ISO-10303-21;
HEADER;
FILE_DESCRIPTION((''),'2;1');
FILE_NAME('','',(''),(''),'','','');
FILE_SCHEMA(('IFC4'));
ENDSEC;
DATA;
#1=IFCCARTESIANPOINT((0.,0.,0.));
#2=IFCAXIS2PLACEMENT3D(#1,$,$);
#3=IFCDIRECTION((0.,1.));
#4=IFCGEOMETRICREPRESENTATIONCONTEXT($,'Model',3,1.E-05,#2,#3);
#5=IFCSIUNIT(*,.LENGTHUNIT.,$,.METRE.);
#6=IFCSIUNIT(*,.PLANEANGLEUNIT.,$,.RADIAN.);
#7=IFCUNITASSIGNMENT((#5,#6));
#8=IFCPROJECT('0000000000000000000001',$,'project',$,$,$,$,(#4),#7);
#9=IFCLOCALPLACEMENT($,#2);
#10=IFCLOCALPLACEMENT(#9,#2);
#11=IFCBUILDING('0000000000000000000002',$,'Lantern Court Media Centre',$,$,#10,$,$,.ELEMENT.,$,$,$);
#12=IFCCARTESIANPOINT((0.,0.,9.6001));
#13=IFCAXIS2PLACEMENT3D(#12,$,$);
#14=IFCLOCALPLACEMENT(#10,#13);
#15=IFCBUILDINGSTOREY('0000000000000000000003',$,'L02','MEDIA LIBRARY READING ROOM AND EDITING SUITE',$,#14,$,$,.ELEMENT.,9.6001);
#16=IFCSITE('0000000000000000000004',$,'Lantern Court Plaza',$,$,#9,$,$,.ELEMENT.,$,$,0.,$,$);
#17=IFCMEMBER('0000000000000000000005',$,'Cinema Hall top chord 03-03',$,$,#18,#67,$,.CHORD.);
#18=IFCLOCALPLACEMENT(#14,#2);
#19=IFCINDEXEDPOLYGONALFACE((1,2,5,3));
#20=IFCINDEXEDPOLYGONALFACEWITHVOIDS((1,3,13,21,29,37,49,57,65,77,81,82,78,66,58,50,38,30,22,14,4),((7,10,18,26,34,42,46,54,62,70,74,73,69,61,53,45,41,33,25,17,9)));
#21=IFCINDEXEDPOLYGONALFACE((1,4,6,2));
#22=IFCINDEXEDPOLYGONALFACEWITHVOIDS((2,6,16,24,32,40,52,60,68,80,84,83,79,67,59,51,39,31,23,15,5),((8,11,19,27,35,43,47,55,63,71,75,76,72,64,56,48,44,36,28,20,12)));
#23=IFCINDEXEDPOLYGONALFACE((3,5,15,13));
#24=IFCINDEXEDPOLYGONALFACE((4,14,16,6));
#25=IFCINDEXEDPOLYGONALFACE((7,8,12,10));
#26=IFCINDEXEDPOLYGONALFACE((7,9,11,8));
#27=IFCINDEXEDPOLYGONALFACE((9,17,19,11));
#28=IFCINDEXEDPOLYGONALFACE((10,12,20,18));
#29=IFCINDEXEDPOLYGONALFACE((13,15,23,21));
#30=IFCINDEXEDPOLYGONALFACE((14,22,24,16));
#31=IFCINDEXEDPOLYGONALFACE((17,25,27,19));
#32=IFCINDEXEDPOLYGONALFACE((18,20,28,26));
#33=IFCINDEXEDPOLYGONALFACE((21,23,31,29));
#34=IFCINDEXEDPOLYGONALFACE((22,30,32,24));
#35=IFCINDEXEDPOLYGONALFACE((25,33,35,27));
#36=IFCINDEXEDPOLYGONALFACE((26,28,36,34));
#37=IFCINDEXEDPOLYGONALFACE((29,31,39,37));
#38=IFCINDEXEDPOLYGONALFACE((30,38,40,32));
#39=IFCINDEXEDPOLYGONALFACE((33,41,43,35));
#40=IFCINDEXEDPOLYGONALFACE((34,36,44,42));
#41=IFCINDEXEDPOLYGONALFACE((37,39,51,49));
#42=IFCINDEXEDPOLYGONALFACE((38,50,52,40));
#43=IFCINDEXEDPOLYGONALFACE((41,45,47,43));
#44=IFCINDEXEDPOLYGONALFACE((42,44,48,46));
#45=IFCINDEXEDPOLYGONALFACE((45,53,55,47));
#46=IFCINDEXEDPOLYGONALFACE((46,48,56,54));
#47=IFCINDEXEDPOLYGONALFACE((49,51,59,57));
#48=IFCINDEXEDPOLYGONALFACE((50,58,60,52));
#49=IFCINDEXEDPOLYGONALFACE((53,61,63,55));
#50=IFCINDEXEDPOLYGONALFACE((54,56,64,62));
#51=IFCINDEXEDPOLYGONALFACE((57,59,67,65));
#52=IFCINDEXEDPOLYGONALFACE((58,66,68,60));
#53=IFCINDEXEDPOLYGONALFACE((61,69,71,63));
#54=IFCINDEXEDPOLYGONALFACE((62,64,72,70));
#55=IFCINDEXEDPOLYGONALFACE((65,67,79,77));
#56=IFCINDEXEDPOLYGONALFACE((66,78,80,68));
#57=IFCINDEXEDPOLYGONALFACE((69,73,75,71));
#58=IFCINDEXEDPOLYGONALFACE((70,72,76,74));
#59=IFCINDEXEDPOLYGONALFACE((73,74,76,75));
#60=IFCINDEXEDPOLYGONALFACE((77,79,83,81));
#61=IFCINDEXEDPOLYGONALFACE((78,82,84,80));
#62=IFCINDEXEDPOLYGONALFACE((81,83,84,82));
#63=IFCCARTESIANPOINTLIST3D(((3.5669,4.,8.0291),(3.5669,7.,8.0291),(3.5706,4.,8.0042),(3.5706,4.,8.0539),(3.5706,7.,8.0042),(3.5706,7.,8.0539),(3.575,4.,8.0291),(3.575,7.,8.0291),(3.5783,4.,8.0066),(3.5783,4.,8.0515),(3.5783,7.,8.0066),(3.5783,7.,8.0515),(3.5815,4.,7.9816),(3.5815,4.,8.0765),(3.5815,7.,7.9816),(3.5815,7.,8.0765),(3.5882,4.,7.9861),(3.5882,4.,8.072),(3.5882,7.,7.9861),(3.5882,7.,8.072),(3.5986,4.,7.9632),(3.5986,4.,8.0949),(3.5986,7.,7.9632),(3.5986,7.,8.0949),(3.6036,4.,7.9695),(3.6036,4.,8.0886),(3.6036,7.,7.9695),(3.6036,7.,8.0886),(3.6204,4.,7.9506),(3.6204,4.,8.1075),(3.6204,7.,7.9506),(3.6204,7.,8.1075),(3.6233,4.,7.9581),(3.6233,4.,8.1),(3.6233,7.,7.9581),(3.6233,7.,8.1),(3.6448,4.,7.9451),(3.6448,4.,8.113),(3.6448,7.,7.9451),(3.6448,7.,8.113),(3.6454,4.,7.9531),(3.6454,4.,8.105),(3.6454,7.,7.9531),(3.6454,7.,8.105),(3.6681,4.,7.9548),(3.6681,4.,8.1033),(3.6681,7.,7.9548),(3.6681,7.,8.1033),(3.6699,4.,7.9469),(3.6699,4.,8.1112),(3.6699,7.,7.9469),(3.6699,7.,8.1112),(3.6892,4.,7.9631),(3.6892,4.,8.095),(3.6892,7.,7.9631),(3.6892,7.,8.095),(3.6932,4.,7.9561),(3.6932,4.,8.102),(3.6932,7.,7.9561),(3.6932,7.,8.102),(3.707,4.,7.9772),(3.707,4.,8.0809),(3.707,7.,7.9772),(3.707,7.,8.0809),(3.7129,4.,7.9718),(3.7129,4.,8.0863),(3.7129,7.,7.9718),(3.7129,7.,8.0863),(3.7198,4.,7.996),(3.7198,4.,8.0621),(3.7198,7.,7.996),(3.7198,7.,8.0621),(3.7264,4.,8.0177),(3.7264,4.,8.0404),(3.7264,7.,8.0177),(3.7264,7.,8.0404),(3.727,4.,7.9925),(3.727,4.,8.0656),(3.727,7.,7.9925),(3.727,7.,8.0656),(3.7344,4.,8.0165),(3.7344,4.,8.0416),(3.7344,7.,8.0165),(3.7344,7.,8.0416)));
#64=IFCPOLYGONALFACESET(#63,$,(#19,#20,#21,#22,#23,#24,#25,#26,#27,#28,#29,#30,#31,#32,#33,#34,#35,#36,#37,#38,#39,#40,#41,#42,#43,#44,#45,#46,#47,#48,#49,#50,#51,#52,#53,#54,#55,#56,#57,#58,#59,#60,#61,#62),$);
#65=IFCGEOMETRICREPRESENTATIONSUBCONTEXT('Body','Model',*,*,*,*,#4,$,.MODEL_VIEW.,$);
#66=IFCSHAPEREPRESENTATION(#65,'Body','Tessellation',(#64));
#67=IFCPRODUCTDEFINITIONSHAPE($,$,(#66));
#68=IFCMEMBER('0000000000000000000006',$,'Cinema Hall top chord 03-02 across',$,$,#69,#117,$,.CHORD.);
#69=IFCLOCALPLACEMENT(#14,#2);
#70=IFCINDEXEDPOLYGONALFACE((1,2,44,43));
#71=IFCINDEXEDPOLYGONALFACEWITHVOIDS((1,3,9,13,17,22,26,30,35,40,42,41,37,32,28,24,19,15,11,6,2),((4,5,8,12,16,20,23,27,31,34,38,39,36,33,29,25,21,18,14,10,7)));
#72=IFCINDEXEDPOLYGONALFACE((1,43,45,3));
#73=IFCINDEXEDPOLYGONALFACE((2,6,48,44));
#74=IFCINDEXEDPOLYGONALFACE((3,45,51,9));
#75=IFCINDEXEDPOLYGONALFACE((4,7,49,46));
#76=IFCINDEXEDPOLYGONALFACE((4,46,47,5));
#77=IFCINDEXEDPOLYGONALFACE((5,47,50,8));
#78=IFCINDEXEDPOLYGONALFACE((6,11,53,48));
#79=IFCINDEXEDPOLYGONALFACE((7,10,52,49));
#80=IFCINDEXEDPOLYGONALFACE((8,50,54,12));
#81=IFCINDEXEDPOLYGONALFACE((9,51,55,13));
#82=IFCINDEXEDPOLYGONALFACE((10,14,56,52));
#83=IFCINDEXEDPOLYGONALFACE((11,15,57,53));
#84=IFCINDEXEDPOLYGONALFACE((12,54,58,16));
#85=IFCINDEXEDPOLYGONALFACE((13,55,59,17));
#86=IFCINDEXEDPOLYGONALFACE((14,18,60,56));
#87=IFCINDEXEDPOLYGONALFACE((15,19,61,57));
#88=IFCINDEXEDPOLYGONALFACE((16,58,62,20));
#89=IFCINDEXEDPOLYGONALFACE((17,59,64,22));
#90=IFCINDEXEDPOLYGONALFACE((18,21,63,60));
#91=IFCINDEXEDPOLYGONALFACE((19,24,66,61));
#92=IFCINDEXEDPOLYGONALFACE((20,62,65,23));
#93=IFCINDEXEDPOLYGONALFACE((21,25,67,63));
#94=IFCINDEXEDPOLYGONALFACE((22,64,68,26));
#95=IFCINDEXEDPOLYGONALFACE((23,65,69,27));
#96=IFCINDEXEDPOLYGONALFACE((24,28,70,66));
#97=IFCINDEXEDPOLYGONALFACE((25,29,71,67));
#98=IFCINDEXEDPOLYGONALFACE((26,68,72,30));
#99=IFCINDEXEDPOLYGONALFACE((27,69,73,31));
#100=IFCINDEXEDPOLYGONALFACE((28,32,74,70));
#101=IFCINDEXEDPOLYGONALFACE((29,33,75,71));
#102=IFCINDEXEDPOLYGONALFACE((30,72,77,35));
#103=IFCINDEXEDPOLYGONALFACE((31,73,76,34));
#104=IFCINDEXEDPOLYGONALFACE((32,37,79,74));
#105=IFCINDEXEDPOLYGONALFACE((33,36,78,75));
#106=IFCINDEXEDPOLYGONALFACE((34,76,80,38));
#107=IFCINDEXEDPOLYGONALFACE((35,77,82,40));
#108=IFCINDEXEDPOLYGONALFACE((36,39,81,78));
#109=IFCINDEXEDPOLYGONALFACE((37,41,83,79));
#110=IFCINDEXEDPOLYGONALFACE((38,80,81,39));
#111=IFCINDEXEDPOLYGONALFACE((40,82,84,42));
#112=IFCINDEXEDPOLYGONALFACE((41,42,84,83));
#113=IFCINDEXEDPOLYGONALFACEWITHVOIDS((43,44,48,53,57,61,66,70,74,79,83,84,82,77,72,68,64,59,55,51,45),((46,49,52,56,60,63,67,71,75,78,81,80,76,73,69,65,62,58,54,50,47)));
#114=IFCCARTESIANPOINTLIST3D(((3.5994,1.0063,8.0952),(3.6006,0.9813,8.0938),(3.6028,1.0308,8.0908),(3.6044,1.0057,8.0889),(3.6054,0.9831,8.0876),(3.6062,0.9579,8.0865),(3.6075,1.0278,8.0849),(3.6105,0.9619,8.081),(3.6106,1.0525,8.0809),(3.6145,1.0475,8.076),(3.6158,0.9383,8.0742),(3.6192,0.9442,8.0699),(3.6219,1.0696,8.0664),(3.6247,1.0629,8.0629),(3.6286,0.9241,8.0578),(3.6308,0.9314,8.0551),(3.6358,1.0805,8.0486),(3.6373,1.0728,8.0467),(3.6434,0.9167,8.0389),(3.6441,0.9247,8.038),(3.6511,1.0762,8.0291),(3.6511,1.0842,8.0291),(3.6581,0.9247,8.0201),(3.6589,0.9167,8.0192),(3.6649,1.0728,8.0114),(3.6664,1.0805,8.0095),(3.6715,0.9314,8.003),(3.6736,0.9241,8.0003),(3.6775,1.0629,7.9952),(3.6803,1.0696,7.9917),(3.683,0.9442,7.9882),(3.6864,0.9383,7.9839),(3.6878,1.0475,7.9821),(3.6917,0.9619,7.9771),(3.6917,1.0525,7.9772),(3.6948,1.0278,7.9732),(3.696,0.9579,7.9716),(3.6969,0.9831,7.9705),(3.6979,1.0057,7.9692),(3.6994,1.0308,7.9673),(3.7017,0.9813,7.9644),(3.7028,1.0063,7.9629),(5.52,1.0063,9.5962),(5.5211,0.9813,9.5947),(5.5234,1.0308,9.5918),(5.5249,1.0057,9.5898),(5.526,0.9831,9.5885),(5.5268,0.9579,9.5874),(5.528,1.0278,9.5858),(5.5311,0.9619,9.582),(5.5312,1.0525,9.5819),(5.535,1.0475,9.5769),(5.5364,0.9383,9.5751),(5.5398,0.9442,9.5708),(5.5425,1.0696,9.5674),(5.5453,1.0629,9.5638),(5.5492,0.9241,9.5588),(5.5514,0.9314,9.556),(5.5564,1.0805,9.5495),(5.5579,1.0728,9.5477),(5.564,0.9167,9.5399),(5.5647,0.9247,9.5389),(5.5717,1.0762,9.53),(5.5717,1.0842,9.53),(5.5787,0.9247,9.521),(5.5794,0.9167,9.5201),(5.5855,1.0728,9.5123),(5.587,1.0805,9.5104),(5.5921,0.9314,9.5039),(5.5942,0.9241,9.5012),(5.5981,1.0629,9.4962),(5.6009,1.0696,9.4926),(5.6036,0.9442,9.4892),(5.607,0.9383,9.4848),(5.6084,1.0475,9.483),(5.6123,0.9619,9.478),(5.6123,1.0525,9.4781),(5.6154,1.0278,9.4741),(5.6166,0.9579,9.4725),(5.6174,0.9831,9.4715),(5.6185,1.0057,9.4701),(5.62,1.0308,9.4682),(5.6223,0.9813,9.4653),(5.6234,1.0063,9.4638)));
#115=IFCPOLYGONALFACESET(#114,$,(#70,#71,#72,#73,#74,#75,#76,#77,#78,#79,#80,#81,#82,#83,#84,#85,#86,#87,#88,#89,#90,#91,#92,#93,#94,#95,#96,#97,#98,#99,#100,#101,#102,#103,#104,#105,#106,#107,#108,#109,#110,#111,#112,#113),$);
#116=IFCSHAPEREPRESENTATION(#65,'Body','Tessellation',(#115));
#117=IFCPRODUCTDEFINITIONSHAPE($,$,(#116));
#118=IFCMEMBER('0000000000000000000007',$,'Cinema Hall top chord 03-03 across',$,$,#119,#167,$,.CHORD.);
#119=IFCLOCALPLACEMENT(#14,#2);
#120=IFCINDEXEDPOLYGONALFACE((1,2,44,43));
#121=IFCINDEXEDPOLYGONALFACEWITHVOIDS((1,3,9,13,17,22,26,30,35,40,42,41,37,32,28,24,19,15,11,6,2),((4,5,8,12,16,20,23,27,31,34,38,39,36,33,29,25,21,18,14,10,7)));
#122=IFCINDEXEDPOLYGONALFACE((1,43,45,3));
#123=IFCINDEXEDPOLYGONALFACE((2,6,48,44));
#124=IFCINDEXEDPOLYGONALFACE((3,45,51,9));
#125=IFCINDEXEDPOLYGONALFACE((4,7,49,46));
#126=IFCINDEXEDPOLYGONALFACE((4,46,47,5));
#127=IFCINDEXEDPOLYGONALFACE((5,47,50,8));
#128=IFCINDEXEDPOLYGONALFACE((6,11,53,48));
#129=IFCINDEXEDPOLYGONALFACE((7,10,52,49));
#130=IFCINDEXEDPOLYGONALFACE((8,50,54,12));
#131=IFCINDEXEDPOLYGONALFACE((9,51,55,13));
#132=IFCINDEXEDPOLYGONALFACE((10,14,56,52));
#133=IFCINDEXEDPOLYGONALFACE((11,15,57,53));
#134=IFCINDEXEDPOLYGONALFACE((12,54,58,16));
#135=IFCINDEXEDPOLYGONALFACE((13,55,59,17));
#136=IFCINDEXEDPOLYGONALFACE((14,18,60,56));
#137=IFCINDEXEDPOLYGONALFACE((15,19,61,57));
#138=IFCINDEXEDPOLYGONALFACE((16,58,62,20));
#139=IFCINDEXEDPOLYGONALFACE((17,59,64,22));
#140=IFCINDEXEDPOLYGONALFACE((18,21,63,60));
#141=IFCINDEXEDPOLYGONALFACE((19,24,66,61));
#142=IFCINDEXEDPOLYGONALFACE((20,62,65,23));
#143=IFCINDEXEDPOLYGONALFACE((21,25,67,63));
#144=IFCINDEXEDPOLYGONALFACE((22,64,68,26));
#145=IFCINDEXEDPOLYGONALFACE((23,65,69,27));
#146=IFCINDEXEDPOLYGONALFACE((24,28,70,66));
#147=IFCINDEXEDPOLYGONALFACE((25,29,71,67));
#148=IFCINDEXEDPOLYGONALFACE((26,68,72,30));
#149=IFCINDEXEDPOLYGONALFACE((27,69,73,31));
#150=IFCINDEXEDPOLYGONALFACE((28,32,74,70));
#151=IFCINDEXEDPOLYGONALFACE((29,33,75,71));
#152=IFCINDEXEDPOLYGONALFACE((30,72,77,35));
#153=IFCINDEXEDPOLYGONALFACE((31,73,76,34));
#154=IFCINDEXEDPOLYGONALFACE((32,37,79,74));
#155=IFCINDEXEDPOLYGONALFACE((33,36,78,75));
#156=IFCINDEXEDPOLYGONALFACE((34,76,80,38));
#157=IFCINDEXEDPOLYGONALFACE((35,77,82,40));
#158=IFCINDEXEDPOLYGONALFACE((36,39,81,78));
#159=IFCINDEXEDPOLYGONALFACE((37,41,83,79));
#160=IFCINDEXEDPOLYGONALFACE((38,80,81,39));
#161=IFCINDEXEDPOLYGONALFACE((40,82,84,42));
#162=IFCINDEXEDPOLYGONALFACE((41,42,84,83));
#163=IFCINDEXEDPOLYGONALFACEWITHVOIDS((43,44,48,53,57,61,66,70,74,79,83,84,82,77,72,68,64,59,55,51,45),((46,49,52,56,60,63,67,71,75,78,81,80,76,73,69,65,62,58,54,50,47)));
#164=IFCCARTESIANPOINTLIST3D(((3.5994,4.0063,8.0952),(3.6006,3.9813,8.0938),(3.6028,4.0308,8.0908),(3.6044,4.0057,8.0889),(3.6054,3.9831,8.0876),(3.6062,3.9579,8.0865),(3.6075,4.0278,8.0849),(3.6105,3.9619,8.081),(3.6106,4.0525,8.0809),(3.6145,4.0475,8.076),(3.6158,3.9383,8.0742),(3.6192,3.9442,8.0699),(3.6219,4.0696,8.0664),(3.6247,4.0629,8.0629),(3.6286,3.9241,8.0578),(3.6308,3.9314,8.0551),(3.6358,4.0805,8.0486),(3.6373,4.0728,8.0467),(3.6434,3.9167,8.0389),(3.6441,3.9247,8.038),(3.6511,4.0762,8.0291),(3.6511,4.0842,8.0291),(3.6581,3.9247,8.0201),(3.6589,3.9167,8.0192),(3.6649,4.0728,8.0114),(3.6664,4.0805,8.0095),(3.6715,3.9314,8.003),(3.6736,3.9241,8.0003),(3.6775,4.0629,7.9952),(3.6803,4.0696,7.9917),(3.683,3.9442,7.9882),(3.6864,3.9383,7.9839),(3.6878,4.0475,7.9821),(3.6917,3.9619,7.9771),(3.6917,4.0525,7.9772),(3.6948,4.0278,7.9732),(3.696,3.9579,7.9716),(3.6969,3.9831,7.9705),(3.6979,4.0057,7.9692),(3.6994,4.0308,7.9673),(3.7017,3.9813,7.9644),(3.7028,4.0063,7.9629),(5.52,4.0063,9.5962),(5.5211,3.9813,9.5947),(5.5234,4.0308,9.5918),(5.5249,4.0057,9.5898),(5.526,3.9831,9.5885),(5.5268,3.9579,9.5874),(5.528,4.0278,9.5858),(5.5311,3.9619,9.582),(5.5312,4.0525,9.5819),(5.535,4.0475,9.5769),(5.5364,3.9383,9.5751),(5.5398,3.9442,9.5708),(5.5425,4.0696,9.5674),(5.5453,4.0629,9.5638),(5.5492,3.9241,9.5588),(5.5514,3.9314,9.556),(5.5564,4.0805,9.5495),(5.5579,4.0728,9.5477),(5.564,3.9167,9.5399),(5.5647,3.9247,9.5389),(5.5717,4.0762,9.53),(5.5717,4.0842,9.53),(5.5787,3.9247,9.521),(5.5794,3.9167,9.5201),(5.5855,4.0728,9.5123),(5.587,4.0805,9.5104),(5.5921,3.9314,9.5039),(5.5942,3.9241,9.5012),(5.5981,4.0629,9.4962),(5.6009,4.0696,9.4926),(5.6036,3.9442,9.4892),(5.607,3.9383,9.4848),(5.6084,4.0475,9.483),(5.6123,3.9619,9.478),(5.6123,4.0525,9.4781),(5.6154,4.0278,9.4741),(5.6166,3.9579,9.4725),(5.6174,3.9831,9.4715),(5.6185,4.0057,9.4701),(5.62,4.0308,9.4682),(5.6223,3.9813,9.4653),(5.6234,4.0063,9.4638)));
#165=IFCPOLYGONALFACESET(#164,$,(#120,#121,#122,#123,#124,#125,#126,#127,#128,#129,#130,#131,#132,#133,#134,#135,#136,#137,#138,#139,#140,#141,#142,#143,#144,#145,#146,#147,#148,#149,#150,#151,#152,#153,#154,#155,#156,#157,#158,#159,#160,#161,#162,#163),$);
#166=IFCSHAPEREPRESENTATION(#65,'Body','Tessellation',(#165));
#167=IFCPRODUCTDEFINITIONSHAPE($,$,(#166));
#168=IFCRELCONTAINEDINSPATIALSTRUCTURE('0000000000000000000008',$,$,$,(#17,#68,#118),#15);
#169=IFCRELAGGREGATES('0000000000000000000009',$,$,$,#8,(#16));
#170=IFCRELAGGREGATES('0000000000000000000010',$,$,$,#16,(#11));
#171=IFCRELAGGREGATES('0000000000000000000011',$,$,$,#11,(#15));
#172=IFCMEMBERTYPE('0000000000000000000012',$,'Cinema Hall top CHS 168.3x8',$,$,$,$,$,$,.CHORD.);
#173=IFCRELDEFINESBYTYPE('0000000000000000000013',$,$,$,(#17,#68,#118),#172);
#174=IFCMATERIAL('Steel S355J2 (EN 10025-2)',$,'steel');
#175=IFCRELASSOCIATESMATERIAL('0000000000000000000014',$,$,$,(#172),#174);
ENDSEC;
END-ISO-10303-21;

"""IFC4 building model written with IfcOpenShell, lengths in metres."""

from ifc_helpers import new_model, si_unit, direction, frame, origin, origin_2d, place, context, subcontext, project, spatial, hollow_circle, extrude, material, material_profile, profile_set, type_object, element, save


model = new_model("IFC4")

# Units and contexts
model_context = context("Model", 3, precision=1e-05, world=origin(), true_north=direction((0.0, 1.0)))
body_context = subcontext(model_context, "Body", "Model", "MODEL_VIEW")
ifc_project = project(units=[si_unit("LENGTHUNIT", "METRE"), si_unit("PLANEANGLEUNIT", "RADIAN")], contexts=[model_context])

# Site, building, storey
site_placement = place(None, origin())
site = spatial("IfcSite", under=ifc_project, at=site_placement, Name="Lantern Court Plaza", CompositionType="ELEMENT", RefElevation=0.0)
building_placement = place(site_placement, origin())
building = spatial("IfcBuilding", under=site, at=building_placement, Name="Lantern Court Media Centre", CompositionType="ELEMENT")
storey_placement = place(building_placement, frame((0.0, 0.0, 9.6001)))
storey = spatial("IfcBuildingStorey", under=building, at=storey_placement, Name="L02", Description="MEDIA LIBRARY READING ROOM AND EDITING SUITE", CompositionType="ELEMENT", Elevation=9.6001)

# Shared definitions
ifc_material = material(Name="Steel S355J2 (EN 10025-2)", Category="steel")

# Members
ifc_material_profile_1 = material_profile(ifc_material, hollow_circle(Radius=0.0842, WallThickness=0.0081, at=origin_2d()), Name="Cinema Hall top CHS 168.3x8")
ifc_profile_set_1 = profile_set([ifc_material_profile_1], Name="Steel S355J2 (EN 10025-2)")
member_type_1 = type_object("IfcMemberType", Name="Cinema Hall top CHS 168.3x8", PredefinedType="CHORD", material=ifc_profile_set_1)
for number, where, z_axis, x_axis, name in (
    (1, (3.6511, 4.0, 8.0291), (0.0, 1.0, 0.0), (-1.0, 0.0, 0.0), "Cinema Hall top chord 03-03"),
):
    element("IfcMember", number, at=place(storey_placement, frame(where, z_axis=z_axis, x_axis=x_axis)), inside=storey, type_object=member_type_1, Name=name, PredefinedType="CHORD", context=body_context, shape_type="SweptSolid", body=[
        extrude(hollow_circle(Radius=0.0842, WallThickness=0.0081, at=origin_2d()), origin(), (0.0, 0.0, 1.0), 3.0),
    ])
for number, where, z_axis, x_axis, name in (
    (2, (3.6511, 1.0, 8.0291), (0.787932, 0.0, 0.615763), (0.0, 1.0, 0.0), "Cinema Hall top chord 03-02 across"),
    (3, (3.6511, 4.0, 8.0291), (0.787932, 0.0, 0.615763), (0.0, 1.0, 0.0), "Cinema Hall top chord 03-03 across"),
):
    element("IfcMember", number, at=place(storey_placement, frame(where, z_axis=z_axis, x_axis=x_axis)), inside=storey, type_object=member_type_1, Name=name, PredefinedType="CHORD", context=body_context, shape_type="SweptSolid", body=[
        extrude(hollow_circle(Radius=0.0842, WallThickness=0.0081, at=origin_2d()), origin(), (0.0, 0.0, 1.0), 2.4375),
    ])

save(model, "model.ifc")
